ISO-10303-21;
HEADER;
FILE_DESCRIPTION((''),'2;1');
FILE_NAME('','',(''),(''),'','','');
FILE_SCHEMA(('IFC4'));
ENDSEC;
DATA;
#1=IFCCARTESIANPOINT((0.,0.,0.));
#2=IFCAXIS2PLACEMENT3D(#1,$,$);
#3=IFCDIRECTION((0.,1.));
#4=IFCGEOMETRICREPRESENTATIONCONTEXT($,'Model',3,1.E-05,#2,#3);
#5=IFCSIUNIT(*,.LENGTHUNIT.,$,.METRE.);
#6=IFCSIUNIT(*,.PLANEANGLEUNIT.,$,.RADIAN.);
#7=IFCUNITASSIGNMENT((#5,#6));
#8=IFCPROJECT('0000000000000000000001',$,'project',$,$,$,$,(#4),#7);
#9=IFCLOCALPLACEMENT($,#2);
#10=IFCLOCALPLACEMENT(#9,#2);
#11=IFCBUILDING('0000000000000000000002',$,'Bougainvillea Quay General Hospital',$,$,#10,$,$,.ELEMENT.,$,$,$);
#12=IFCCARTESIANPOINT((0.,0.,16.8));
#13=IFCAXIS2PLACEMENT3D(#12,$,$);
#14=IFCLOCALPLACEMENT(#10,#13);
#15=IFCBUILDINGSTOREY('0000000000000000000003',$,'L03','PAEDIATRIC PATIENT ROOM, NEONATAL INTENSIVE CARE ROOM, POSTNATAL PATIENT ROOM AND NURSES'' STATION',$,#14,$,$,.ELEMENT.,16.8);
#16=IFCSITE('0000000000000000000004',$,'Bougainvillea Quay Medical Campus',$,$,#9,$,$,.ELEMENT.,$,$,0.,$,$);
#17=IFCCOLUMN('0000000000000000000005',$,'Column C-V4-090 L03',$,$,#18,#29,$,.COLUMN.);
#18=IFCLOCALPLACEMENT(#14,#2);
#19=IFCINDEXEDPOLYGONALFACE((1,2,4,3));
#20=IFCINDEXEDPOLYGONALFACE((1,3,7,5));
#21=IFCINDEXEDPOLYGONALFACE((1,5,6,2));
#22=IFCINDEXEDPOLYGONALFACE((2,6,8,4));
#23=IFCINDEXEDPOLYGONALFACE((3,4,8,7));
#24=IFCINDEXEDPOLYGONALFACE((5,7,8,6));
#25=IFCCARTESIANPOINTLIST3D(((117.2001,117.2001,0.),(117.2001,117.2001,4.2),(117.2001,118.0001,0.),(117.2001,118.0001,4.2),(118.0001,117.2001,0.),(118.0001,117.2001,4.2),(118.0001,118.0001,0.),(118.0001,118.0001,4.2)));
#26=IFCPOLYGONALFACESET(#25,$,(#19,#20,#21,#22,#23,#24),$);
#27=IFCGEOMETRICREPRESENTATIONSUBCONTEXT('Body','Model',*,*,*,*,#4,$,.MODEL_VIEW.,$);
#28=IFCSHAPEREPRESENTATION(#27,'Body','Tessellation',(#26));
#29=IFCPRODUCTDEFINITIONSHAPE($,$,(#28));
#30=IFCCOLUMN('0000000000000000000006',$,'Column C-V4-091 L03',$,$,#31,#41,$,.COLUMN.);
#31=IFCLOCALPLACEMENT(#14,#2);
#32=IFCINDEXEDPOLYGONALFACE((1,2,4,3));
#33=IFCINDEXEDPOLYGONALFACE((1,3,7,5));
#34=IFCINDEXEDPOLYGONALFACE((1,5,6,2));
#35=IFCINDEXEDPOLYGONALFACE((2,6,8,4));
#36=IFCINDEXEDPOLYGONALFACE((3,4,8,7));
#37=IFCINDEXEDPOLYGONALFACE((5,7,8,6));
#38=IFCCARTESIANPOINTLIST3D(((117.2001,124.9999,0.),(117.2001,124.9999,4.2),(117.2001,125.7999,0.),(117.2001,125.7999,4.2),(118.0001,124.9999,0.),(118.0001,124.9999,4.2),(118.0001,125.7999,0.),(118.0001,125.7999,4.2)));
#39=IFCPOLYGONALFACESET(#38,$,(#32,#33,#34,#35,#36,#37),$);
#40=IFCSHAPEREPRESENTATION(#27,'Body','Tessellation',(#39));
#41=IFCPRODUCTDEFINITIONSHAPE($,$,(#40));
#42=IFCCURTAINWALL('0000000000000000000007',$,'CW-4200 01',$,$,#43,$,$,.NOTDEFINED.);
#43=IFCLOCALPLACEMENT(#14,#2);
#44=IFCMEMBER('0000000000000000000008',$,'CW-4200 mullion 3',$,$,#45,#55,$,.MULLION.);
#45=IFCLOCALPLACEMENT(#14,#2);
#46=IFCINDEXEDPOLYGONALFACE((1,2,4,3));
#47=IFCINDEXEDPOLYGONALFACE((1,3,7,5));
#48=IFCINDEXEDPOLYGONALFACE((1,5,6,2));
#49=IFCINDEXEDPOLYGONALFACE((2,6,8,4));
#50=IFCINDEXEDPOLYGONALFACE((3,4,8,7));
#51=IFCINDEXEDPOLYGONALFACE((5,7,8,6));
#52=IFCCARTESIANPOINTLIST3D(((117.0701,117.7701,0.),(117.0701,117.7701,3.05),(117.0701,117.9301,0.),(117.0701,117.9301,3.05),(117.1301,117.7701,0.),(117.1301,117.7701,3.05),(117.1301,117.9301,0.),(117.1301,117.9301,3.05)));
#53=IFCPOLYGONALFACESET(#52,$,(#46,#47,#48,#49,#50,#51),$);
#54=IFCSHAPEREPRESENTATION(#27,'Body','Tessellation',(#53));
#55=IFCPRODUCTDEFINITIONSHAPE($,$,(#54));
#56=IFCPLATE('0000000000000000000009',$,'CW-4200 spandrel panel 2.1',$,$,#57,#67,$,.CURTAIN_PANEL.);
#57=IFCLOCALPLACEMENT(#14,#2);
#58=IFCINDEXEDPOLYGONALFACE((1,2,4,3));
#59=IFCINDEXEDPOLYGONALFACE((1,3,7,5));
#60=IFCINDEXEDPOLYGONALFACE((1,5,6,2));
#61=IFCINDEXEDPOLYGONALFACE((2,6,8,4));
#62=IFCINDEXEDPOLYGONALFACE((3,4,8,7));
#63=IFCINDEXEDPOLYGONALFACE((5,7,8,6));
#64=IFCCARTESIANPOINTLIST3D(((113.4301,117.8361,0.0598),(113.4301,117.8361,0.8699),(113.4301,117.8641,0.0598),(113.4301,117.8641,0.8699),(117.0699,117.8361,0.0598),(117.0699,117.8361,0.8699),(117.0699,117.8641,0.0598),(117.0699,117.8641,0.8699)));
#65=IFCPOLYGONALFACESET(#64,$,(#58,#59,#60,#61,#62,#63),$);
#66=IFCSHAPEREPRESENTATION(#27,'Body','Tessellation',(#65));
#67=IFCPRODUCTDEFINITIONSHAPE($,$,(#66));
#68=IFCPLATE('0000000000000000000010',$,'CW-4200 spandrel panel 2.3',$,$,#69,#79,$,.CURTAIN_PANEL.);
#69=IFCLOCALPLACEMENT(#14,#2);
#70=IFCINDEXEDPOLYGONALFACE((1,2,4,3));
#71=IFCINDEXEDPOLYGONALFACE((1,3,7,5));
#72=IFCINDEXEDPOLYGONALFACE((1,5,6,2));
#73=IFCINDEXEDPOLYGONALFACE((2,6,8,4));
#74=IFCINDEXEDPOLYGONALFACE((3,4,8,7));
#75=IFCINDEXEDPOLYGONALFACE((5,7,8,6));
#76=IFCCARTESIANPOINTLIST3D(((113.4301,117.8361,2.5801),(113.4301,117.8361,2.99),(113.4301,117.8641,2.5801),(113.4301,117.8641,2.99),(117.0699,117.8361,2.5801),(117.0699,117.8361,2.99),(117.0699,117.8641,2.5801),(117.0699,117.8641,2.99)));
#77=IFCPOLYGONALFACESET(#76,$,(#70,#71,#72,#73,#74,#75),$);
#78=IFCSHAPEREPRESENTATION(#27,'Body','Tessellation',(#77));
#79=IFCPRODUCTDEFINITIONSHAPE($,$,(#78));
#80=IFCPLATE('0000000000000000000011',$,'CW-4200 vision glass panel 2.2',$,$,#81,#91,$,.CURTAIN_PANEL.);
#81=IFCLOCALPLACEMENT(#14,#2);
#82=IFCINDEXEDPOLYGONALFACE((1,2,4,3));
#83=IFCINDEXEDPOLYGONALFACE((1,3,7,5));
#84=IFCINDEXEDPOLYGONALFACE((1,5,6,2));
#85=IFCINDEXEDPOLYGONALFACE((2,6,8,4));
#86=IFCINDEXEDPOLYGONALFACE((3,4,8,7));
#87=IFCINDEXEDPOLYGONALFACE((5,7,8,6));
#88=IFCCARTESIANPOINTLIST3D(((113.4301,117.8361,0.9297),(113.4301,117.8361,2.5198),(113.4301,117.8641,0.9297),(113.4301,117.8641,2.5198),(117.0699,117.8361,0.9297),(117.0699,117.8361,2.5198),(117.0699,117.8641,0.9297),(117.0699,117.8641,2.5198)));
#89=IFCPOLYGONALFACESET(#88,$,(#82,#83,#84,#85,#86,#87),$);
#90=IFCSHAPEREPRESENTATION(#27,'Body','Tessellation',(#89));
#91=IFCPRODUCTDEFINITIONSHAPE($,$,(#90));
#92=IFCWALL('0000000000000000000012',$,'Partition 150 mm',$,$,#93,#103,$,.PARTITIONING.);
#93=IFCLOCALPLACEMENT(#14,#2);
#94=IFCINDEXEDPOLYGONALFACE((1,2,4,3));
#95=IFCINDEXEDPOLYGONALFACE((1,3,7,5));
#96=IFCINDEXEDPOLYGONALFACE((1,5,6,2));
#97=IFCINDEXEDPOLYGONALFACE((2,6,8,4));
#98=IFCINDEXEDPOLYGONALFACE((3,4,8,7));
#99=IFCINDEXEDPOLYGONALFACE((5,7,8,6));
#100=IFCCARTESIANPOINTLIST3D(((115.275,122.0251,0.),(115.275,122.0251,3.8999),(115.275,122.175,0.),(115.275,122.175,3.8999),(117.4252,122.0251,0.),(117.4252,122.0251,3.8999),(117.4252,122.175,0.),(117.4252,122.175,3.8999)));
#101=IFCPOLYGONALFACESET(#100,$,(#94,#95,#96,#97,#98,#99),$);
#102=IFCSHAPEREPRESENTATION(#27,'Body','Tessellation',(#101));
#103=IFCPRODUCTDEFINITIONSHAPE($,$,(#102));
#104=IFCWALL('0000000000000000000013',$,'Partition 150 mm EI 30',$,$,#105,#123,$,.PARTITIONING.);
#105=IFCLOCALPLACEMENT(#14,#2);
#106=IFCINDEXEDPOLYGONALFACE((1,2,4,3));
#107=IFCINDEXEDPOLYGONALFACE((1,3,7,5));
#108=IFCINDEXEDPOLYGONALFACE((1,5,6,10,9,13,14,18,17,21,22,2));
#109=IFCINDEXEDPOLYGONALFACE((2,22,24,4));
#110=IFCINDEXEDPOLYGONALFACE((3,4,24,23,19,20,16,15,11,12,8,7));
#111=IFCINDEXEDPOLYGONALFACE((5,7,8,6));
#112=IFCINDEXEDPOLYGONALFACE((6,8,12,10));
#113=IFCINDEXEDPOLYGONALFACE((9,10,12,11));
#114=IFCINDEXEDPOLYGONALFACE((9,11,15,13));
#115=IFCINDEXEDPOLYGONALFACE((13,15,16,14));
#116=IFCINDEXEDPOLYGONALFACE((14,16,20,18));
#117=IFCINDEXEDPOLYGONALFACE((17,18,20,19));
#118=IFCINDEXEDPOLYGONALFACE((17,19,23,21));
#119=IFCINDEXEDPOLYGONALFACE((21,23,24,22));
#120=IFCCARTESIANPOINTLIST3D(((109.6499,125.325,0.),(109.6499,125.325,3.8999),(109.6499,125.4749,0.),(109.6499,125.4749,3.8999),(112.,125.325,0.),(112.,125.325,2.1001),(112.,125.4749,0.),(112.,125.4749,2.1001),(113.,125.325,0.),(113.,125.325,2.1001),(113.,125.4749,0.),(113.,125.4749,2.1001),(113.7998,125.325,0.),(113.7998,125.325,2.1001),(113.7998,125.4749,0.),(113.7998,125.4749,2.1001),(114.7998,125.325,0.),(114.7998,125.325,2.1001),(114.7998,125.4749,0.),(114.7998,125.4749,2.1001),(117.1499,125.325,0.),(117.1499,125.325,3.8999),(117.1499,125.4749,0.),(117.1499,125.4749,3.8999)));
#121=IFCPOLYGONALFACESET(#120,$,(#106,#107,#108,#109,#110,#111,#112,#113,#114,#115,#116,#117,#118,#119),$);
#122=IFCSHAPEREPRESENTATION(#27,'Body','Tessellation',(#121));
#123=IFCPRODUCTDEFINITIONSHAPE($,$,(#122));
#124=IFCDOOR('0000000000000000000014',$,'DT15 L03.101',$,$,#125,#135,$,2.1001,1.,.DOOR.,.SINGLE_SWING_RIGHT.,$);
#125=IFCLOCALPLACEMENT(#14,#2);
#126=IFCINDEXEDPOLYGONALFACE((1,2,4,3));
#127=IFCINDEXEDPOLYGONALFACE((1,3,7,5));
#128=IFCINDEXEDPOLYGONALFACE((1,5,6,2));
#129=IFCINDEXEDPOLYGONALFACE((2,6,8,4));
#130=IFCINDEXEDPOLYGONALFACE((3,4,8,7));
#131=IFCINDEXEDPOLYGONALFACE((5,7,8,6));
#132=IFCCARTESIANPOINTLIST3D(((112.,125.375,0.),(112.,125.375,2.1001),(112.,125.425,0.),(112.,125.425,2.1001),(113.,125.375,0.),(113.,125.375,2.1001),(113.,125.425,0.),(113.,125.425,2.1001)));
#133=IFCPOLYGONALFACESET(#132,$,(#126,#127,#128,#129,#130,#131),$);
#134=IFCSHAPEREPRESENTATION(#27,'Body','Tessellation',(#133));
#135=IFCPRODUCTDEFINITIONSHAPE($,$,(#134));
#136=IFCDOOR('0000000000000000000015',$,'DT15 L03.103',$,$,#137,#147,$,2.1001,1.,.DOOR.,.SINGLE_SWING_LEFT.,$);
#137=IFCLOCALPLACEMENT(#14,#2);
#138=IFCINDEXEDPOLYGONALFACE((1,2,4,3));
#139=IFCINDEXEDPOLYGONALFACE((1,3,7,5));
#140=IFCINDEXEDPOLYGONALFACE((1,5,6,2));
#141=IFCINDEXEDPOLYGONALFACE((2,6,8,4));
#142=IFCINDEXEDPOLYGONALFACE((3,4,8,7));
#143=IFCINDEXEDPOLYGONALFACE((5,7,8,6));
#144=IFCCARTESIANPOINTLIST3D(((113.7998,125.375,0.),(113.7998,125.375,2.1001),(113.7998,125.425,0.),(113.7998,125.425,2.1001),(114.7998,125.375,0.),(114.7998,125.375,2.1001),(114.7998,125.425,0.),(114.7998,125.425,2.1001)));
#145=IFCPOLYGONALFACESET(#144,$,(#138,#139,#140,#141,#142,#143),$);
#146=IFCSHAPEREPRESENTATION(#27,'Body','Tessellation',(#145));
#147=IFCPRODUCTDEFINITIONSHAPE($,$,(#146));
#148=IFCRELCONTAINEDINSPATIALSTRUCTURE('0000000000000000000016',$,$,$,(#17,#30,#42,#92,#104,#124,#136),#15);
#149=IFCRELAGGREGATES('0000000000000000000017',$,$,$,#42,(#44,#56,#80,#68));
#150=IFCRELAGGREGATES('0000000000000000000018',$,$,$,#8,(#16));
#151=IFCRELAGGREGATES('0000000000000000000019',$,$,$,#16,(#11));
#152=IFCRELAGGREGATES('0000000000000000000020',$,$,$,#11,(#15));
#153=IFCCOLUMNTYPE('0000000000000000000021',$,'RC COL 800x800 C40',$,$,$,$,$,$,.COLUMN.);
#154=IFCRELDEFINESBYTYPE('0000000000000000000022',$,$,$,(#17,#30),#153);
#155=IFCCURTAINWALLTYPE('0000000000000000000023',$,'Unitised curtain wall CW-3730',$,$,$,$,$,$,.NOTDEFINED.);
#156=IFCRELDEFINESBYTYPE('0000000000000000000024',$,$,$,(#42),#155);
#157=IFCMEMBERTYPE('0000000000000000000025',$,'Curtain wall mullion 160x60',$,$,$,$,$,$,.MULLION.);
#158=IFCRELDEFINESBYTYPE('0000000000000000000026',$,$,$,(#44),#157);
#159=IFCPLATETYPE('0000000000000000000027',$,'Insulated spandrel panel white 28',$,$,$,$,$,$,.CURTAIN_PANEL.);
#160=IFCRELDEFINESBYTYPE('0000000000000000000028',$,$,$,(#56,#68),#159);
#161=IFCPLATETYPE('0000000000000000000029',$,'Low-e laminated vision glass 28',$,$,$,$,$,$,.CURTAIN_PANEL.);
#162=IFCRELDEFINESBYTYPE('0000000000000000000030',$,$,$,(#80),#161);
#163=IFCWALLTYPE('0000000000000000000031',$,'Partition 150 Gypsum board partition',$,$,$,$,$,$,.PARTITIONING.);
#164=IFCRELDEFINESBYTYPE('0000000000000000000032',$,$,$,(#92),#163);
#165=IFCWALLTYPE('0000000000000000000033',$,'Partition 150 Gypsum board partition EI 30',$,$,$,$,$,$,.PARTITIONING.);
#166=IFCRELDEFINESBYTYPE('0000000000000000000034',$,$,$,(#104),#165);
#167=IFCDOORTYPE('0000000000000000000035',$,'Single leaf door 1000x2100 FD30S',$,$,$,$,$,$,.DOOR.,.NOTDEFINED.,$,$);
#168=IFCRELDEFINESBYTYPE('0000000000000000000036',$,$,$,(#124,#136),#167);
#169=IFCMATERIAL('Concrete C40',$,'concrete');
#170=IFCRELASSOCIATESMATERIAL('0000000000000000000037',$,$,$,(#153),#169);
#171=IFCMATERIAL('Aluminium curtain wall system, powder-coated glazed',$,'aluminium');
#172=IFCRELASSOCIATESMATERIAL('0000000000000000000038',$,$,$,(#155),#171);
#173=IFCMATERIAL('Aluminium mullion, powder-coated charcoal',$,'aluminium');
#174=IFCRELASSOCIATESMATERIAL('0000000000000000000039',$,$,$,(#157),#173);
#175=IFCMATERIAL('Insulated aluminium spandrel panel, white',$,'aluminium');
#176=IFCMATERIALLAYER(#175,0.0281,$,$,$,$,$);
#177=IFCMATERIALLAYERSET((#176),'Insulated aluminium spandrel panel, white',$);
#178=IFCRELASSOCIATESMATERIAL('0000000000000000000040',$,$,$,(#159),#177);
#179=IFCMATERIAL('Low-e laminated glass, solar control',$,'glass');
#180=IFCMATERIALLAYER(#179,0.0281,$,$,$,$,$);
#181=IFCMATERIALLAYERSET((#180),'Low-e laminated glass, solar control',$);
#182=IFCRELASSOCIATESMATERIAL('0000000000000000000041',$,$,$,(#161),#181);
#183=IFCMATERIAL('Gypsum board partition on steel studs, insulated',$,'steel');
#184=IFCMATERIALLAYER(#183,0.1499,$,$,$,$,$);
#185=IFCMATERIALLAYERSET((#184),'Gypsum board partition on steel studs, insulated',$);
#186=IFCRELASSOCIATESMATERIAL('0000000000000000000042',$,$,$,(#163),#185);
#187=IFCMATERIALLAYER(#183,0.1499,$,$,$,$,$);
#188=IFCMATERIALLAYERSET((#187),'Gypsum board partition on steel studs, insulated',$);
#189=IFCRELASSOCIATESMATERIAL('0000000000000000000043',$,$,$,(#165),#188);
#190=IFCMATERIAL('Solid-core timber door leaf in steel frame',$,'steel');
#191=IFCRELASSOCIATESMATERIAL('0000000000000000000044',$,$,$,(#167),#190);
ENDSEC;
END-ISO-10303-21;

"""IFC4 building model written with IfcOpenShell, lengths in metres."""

from ifc_helpers import new_model, si_unit, direction, frame, frame_2d, origin, origin_2d, place, context, subcontext, project, spatial, rectangle, extrude, material, layer, layer_set, material_profile, profile_set, type_object, element, fill, aggregate, save


model = new_model("IFC4")

# Units and contexts
model_context = context("Model", 3, precision=1e-05, world=origin(), true_north=direction((0.0, 1.0)))
body_context = subcontext(model_context, "Body", "Model", "MODEL_VIEW")
ifc_project = project(units=[si_unit("LENGTHUNIT", "METRE"), si_unit("PLANEANGLEUNIT", "RADIAN")], contexts=[model_context])

# Site, building, storey
site_placement = place(None, origin())
site = spatial("IfcSite", under=ifc_project, at=site_placement, Name="Bougainvillea Quay Medical Campus", CompositionType="ELEMENT", RefElevation=0.0)
building_placement = place(site_placement, origin())
building = spatial("IfcBuilding", under=site, at=building_placement, Name="Bougainvillea Quay General Hospital", CompositionType="ELEMENT")
storey_placement = place(building_placement, frame((0.0, 0.0, 16.8)))
storey = spatial("IfcBuildingStorey", under=building, at=storey_placement, Name="L03", Description="PAEDIATRIC PATIENT ROOM, NEONATAL INTENSIVE CARE ROOM, POSTNATAL PATIENT ROOM AND NURSES' STATION", CompositionType="ELEMENT", Elevation=16.8)

# Columns
ifc_material_1 = material(Name="Concrete C40", Category="concrete")
ifc_material_profile_1 = material_profile(ifc_material_1, rectangle(XDim=0.8, YDim=0.8, at=origin_2d()))
ifc_profile_set_1 = profile_set([ifc_material_profile_1], Name="Concrete C40")
column_type = type_object("IfcColumnType", Name="RC COL 800x800 C40", PredefinedType="COLUMN", material=ifc_profile_set_1)
for number, where, z_axis, x_axis, name in (
    (1, (117.6001, 117.6001, 0.0), (0.0, 0.0, 1.0), (1.0, 0.0, 0.0), "Column C-V4-090 L03"),
    (2, (117.6001, 125.3999, 0.0), (0.0, 0.0, 1.0), (1.0, 0.0, 0.0), "Column C-V4-091 L03"),
):
    element("IfcColumn", number, at=place(storey_placement, frame(where, z_axis=z_axis, x_axis=x_axis)), inside=storey, type_object=column_type, Name=name, PredefinedType="COLUMN", context=body_context, shape_type="SweptSolid", body=[
        extrude(rectangle(XDim=0.8, YDim=0.8, at=origin_2d()), origin(), (0.0, 0.0, 1.0), 4.2),
    ])

# Curtain wall, member, plates
ifc_material_2 = material(Name="Aluminium curtain wall system, powder-coated glazed", Category="aluminium")
curtain_wall_type = type_object("IfcCurtainWallType", Name="Unitised curtain wall CW-3730", PredefinedType="NOTDEFINED", material=ifc_material_2)
curtain_wall_placement = place(storey_placement, origin())
curtain_wall = element("IfcCurtainWall", 3, at=curtain_wall_placement, inside=storey, type_object=curtain_wall_type, Name="CW-4200 01", PredefinedType="NOTDEFINED")
ifc_material_3 = material(Name="Aluminium mullion, powder-coated charcoal", Category="aluminium")
ifc_material_profile_2 = material_profile(ifc_material_3, rectangle(XDim=0.1599, YDim=0.0601, at=origin_2d()))
ifc_profile_set_2 = profile_set([ifc_material_profile_2], Name="Aluminium mullion, powder-coated charcoal")
member_type = type_object("IfcMemberType", Name="Curtain wall mullion 160x60", PredefinedType="MULLION", material=ifc_profile_set_2)
member_placement = place(storey_placement, frame((117.1001, 117.8501, 0.0), z_axis=(0.0, 0.0, 1.0), x_axis=(0.0, 1.0, 0.0)))
member = element("IfcMember", 4, at=member_placement, type_object=member_type, Name="CW-4200 mullion 3", PredefinedType="MULLION", context=body_context, shape_type="SweptSolid", body=[
    extrude(rectangle(XDim=0.1599, YDim=0.0601, at=origin_2d()), origin(), (0.0, 0.0, 1.0), 3.05),
])
ifc_material_4 = material(Name="Insulated aluminium spandrel panel, white", Category="aluminium")
ifc_layer_1 = layer(ifc_material_4, 0.0281)
ifc_layer_set_1 = layer_set([ifc_layer_1], Name="Insulated aluminium spandrel panel, white")
plate_type_1 = type_object("IfcPlateType", Name="Insulated spandrel panel white 28", PredefinedType="CURTAIN_PANEL", material=ifc_layer_set_1)
plate_1_placement = place(storey_placement, frame((115.25, 117.8501, 0.0598), z_axis=(0.0, 0.0, 1.0), x_axis=(1.0, 0.0, 0.0)))
plate_1 = element("IfcPlate", 5, at=plate_1_placement, type_object=plate_type_1, Name="CW-4200 spandrel panel 2.1", PredefinedType="CURTAIN_PANEL", context=body_context, shape_type="SweptSolid", body=[
    extrude(rectangle(XDim=3.6399, YDim=0.0281, at=origin_2d()), origin(), (0.0, 0.0, 1.0), 0.8101),
])
plate_2_placement = place(storey_placement, frame((115.25, 117.8501, 2.5801), z_axis=(0.0, 0.0, 1.0), x_axis=(1.0, 0.0, 0.0)))
plate_2 = element("IfcPlate", 6, at=plate_2_placement, type_object=plate_type_1, Name="CW-4200 spandrel panel 2.3", PredefinedType="CURTAIN_PANEL", context=body_context, shape_type="SweptSolid", body=[
    extrude(rectangle(XDim=3.6399, YDim=0.0281, at=origin_2d()), origin(), (0.0, 0.0, 1.0), 0.4099),
])
ifc_material_5 = material(Name="Low-e laminated glass, solar control", Category="glass")
ifc_layer_2 = layer(ifc_material_5, 0.0281)
ifc_layer_set_2 = layer_set([ifc_layer_2], Name="Low-e laminated glass, solar control")
plate_type_2 = type_object("IfcPlateType", Name="Low-e laminated vision glass 28", PredefinedType="CURTAIN_PANEL", material=ifc_layer_set_2)
plate_3_placement = place(storey_placement, frame((115.25, 117.8501, 0.9297), z_axis=(0.0, 0.0, 1.0), x_axis=(1.0, 0.0, 0.0)))
plate_3 = element("IfcPlate", 7, at=plate_3_placement, type_object=plate_type_2, Name="CW-4200 vision glass panel 2.2", PredefinedType="CURTAIN_PANEL", context=body_context, shape_type="SweptSolid", body=[
    extrude(rectangle(XDim=3.6399, YDim=0.0281, at=origin_2d()), origin(), (0.0, 0.0, 1.0), 1.5901),
])
aggregate(curtain_wall, [member, plate_1, plate_3, plate_2])

# Wall
ifc_material_6 = material(Name="Gypsum board partition on steel studs, insulated", Category="steel")
ifc_layer_3 = layer(ifc_material_6, 0.1499)
ifc_layer_set_3 = layer_set([ifc_layer_3], Name="Gypsum board partition on steel studs, insulated")
wall_type_1 = type_object("IfcWallType", Name="Partition 150 Gypsum board partition", PredefinedType="PARTITIONING", material=ifc_layer_set_3)
wall_1_placement = place(storey_placement, frame((115.2749, 122.1001, 0.0), z_axis=(0.0, 0.0, 1.0), x_axis=(1.0, 0.0, 0.0)))
element("IfcWall", 8, at=wall_1_placement, inside=storey, type_object=wall_type_1, Name="Partition 150 mm", PredefinedType="PARTITIONING", context=body_context, shape_type="SweptSolid", body=[
    extrude(rectangle(XDim=2.1501, YDim=0.1499, at=frame_2d((1.0752, 0.0))), origin(), (0.0, 0.0, 1.0), 3.8999),
])

# Wall, openings, doors
ifc_layer_4 = layer(ifc_material_6, 0.1499)
ifc_layer_set_4 = layer_set([ifc_layer_4], Name="Gypsum board partition on steel studs, insulated")
wall_type_2 = type_object("IfcWallType", Name="Partition 150 Gypsum board partition EI 30", PredefinedType="PARTITIONING", material=ifc_layer_set_4)
wall_2_placement = place(storey_placement, frame((117.1499, 125.3999, 0.0), z_axis=(0.0, 0.0, 1.0), x_axis=(-1.0, 0.0, 0.0)))
wall_2 = element("IfcWall", 9, at=wall_2_placement, inside=storey, type_object=wall_type_2, Name="Partition 150 mm EI 30", PredefinedType="PARTITIONING", context=body_context, shape_type="SweptSolid", body=[
    extrude(rectangle(XDim=7.5, YDim=0.1499, at=frame_2d((3.75, 0.0))), origin(), (0.0, 0.0, 1.0), 3.8999),
])
opening_1_placement = place(wall_2_placement, frame((4.1499, 0.0, 0.0)))
opening_1 = element("IfcOpeningElement", 10, at=opening_1_placement, cuts=wall_2, PredefinedType="OPENING", context=body_context, shape_type="SweptSolid", body=[
    extrude(rectangle(XDim=1.0, YDim=2.1001, at=frame_2d((0.5, 1.05))), frame((0.0, 0.085, 0.0), z_axis=(0.0, -1.0, 0.0), x_axis=(1.0, 0.0, 0.0)), (0.0, 0.0, 1.0), 0.1699),
])
opening_2_placement = place(wall_2_placement, frame((2.3501, 0.0, 0.0)))
opening_2 = element("IfcOpeningElement", 11, at=opening_2_placement, cuts=wall_2, PredefinedType="OPENING", context=body_context, shape_type="SweptSolid", body=[
    extrude(rectangle(XDim=1.0, YDim=2.1001, at=frame_2d((0.5, 1.05))), frame((0.0, 0.085, 0.0), z_axis=(0.0, -1.0, 0.0), x_axis=(1.0, 0.0, 0.0)), (0.0, 0.0, 1.0), 0.1699),
])
ifc_material_7 = material(Name="Solid-core timber door leaf in steel frame", Category="steel")
door_type_1 = type_object("IfcDoorType", Name="Single leaf door 1000x2100 FD30S", OperationType="NOTDEFINED", PredefinedType="DOOR", material=ifc_material_7)
door_1_placement = place(opening_1_placement, origin())
door_1 = element("IfcDoor", 12, at=door_1_placement, inside=storey, type_object=door_type_1, Name="DT15 L03.101", OperationType="SINGLE_SWING_RIGHT", OverallHeight=2.1001, OverallWidth=1.0, PredefinedType="DOOR", context=body_context, shape_type="SweptSolid", body=[
    extrude(rectangle(XDim=1.0, YDim=2.1001, at=frame_2d((0.5, 1.05))), frame((0.0, 0.0249, 0.0), z_axis=(0.0, -1.0, 0.0), x_axis=(1.0, 0.0, 0.0)), (0.0, 0.0, 1.0), 0.05),
])
fill(opening_1, door_1)
door_2_placement = place(opening_2_placement, origin())
door_2 = element("IfcDoor", 13, at=door_2_placement, inside=storey, type_object=door_type_1, Name="DT15 L03.103", OperationType="SINGLE_SWING_LEFT", OverallHeight=2.1001, OverallWidth=1.0, PredefinedType="DOOR", context=body_context, shape_type="SweptSolid", body=[
    extrude(rectangle(XDim=1.0, YDim=2.1001, at=frame_2d((0.5, 1.05))), frame((0.0, 0.0249, 0.0), z_axis=(0.0, -1.0, 0.0), x_axis=(1.0, 0.0, 0.0)), (0.0, 0.0, 1.0), 0.05),
])
fill(opening_2, door_2)

save(model, "model.ifc")
